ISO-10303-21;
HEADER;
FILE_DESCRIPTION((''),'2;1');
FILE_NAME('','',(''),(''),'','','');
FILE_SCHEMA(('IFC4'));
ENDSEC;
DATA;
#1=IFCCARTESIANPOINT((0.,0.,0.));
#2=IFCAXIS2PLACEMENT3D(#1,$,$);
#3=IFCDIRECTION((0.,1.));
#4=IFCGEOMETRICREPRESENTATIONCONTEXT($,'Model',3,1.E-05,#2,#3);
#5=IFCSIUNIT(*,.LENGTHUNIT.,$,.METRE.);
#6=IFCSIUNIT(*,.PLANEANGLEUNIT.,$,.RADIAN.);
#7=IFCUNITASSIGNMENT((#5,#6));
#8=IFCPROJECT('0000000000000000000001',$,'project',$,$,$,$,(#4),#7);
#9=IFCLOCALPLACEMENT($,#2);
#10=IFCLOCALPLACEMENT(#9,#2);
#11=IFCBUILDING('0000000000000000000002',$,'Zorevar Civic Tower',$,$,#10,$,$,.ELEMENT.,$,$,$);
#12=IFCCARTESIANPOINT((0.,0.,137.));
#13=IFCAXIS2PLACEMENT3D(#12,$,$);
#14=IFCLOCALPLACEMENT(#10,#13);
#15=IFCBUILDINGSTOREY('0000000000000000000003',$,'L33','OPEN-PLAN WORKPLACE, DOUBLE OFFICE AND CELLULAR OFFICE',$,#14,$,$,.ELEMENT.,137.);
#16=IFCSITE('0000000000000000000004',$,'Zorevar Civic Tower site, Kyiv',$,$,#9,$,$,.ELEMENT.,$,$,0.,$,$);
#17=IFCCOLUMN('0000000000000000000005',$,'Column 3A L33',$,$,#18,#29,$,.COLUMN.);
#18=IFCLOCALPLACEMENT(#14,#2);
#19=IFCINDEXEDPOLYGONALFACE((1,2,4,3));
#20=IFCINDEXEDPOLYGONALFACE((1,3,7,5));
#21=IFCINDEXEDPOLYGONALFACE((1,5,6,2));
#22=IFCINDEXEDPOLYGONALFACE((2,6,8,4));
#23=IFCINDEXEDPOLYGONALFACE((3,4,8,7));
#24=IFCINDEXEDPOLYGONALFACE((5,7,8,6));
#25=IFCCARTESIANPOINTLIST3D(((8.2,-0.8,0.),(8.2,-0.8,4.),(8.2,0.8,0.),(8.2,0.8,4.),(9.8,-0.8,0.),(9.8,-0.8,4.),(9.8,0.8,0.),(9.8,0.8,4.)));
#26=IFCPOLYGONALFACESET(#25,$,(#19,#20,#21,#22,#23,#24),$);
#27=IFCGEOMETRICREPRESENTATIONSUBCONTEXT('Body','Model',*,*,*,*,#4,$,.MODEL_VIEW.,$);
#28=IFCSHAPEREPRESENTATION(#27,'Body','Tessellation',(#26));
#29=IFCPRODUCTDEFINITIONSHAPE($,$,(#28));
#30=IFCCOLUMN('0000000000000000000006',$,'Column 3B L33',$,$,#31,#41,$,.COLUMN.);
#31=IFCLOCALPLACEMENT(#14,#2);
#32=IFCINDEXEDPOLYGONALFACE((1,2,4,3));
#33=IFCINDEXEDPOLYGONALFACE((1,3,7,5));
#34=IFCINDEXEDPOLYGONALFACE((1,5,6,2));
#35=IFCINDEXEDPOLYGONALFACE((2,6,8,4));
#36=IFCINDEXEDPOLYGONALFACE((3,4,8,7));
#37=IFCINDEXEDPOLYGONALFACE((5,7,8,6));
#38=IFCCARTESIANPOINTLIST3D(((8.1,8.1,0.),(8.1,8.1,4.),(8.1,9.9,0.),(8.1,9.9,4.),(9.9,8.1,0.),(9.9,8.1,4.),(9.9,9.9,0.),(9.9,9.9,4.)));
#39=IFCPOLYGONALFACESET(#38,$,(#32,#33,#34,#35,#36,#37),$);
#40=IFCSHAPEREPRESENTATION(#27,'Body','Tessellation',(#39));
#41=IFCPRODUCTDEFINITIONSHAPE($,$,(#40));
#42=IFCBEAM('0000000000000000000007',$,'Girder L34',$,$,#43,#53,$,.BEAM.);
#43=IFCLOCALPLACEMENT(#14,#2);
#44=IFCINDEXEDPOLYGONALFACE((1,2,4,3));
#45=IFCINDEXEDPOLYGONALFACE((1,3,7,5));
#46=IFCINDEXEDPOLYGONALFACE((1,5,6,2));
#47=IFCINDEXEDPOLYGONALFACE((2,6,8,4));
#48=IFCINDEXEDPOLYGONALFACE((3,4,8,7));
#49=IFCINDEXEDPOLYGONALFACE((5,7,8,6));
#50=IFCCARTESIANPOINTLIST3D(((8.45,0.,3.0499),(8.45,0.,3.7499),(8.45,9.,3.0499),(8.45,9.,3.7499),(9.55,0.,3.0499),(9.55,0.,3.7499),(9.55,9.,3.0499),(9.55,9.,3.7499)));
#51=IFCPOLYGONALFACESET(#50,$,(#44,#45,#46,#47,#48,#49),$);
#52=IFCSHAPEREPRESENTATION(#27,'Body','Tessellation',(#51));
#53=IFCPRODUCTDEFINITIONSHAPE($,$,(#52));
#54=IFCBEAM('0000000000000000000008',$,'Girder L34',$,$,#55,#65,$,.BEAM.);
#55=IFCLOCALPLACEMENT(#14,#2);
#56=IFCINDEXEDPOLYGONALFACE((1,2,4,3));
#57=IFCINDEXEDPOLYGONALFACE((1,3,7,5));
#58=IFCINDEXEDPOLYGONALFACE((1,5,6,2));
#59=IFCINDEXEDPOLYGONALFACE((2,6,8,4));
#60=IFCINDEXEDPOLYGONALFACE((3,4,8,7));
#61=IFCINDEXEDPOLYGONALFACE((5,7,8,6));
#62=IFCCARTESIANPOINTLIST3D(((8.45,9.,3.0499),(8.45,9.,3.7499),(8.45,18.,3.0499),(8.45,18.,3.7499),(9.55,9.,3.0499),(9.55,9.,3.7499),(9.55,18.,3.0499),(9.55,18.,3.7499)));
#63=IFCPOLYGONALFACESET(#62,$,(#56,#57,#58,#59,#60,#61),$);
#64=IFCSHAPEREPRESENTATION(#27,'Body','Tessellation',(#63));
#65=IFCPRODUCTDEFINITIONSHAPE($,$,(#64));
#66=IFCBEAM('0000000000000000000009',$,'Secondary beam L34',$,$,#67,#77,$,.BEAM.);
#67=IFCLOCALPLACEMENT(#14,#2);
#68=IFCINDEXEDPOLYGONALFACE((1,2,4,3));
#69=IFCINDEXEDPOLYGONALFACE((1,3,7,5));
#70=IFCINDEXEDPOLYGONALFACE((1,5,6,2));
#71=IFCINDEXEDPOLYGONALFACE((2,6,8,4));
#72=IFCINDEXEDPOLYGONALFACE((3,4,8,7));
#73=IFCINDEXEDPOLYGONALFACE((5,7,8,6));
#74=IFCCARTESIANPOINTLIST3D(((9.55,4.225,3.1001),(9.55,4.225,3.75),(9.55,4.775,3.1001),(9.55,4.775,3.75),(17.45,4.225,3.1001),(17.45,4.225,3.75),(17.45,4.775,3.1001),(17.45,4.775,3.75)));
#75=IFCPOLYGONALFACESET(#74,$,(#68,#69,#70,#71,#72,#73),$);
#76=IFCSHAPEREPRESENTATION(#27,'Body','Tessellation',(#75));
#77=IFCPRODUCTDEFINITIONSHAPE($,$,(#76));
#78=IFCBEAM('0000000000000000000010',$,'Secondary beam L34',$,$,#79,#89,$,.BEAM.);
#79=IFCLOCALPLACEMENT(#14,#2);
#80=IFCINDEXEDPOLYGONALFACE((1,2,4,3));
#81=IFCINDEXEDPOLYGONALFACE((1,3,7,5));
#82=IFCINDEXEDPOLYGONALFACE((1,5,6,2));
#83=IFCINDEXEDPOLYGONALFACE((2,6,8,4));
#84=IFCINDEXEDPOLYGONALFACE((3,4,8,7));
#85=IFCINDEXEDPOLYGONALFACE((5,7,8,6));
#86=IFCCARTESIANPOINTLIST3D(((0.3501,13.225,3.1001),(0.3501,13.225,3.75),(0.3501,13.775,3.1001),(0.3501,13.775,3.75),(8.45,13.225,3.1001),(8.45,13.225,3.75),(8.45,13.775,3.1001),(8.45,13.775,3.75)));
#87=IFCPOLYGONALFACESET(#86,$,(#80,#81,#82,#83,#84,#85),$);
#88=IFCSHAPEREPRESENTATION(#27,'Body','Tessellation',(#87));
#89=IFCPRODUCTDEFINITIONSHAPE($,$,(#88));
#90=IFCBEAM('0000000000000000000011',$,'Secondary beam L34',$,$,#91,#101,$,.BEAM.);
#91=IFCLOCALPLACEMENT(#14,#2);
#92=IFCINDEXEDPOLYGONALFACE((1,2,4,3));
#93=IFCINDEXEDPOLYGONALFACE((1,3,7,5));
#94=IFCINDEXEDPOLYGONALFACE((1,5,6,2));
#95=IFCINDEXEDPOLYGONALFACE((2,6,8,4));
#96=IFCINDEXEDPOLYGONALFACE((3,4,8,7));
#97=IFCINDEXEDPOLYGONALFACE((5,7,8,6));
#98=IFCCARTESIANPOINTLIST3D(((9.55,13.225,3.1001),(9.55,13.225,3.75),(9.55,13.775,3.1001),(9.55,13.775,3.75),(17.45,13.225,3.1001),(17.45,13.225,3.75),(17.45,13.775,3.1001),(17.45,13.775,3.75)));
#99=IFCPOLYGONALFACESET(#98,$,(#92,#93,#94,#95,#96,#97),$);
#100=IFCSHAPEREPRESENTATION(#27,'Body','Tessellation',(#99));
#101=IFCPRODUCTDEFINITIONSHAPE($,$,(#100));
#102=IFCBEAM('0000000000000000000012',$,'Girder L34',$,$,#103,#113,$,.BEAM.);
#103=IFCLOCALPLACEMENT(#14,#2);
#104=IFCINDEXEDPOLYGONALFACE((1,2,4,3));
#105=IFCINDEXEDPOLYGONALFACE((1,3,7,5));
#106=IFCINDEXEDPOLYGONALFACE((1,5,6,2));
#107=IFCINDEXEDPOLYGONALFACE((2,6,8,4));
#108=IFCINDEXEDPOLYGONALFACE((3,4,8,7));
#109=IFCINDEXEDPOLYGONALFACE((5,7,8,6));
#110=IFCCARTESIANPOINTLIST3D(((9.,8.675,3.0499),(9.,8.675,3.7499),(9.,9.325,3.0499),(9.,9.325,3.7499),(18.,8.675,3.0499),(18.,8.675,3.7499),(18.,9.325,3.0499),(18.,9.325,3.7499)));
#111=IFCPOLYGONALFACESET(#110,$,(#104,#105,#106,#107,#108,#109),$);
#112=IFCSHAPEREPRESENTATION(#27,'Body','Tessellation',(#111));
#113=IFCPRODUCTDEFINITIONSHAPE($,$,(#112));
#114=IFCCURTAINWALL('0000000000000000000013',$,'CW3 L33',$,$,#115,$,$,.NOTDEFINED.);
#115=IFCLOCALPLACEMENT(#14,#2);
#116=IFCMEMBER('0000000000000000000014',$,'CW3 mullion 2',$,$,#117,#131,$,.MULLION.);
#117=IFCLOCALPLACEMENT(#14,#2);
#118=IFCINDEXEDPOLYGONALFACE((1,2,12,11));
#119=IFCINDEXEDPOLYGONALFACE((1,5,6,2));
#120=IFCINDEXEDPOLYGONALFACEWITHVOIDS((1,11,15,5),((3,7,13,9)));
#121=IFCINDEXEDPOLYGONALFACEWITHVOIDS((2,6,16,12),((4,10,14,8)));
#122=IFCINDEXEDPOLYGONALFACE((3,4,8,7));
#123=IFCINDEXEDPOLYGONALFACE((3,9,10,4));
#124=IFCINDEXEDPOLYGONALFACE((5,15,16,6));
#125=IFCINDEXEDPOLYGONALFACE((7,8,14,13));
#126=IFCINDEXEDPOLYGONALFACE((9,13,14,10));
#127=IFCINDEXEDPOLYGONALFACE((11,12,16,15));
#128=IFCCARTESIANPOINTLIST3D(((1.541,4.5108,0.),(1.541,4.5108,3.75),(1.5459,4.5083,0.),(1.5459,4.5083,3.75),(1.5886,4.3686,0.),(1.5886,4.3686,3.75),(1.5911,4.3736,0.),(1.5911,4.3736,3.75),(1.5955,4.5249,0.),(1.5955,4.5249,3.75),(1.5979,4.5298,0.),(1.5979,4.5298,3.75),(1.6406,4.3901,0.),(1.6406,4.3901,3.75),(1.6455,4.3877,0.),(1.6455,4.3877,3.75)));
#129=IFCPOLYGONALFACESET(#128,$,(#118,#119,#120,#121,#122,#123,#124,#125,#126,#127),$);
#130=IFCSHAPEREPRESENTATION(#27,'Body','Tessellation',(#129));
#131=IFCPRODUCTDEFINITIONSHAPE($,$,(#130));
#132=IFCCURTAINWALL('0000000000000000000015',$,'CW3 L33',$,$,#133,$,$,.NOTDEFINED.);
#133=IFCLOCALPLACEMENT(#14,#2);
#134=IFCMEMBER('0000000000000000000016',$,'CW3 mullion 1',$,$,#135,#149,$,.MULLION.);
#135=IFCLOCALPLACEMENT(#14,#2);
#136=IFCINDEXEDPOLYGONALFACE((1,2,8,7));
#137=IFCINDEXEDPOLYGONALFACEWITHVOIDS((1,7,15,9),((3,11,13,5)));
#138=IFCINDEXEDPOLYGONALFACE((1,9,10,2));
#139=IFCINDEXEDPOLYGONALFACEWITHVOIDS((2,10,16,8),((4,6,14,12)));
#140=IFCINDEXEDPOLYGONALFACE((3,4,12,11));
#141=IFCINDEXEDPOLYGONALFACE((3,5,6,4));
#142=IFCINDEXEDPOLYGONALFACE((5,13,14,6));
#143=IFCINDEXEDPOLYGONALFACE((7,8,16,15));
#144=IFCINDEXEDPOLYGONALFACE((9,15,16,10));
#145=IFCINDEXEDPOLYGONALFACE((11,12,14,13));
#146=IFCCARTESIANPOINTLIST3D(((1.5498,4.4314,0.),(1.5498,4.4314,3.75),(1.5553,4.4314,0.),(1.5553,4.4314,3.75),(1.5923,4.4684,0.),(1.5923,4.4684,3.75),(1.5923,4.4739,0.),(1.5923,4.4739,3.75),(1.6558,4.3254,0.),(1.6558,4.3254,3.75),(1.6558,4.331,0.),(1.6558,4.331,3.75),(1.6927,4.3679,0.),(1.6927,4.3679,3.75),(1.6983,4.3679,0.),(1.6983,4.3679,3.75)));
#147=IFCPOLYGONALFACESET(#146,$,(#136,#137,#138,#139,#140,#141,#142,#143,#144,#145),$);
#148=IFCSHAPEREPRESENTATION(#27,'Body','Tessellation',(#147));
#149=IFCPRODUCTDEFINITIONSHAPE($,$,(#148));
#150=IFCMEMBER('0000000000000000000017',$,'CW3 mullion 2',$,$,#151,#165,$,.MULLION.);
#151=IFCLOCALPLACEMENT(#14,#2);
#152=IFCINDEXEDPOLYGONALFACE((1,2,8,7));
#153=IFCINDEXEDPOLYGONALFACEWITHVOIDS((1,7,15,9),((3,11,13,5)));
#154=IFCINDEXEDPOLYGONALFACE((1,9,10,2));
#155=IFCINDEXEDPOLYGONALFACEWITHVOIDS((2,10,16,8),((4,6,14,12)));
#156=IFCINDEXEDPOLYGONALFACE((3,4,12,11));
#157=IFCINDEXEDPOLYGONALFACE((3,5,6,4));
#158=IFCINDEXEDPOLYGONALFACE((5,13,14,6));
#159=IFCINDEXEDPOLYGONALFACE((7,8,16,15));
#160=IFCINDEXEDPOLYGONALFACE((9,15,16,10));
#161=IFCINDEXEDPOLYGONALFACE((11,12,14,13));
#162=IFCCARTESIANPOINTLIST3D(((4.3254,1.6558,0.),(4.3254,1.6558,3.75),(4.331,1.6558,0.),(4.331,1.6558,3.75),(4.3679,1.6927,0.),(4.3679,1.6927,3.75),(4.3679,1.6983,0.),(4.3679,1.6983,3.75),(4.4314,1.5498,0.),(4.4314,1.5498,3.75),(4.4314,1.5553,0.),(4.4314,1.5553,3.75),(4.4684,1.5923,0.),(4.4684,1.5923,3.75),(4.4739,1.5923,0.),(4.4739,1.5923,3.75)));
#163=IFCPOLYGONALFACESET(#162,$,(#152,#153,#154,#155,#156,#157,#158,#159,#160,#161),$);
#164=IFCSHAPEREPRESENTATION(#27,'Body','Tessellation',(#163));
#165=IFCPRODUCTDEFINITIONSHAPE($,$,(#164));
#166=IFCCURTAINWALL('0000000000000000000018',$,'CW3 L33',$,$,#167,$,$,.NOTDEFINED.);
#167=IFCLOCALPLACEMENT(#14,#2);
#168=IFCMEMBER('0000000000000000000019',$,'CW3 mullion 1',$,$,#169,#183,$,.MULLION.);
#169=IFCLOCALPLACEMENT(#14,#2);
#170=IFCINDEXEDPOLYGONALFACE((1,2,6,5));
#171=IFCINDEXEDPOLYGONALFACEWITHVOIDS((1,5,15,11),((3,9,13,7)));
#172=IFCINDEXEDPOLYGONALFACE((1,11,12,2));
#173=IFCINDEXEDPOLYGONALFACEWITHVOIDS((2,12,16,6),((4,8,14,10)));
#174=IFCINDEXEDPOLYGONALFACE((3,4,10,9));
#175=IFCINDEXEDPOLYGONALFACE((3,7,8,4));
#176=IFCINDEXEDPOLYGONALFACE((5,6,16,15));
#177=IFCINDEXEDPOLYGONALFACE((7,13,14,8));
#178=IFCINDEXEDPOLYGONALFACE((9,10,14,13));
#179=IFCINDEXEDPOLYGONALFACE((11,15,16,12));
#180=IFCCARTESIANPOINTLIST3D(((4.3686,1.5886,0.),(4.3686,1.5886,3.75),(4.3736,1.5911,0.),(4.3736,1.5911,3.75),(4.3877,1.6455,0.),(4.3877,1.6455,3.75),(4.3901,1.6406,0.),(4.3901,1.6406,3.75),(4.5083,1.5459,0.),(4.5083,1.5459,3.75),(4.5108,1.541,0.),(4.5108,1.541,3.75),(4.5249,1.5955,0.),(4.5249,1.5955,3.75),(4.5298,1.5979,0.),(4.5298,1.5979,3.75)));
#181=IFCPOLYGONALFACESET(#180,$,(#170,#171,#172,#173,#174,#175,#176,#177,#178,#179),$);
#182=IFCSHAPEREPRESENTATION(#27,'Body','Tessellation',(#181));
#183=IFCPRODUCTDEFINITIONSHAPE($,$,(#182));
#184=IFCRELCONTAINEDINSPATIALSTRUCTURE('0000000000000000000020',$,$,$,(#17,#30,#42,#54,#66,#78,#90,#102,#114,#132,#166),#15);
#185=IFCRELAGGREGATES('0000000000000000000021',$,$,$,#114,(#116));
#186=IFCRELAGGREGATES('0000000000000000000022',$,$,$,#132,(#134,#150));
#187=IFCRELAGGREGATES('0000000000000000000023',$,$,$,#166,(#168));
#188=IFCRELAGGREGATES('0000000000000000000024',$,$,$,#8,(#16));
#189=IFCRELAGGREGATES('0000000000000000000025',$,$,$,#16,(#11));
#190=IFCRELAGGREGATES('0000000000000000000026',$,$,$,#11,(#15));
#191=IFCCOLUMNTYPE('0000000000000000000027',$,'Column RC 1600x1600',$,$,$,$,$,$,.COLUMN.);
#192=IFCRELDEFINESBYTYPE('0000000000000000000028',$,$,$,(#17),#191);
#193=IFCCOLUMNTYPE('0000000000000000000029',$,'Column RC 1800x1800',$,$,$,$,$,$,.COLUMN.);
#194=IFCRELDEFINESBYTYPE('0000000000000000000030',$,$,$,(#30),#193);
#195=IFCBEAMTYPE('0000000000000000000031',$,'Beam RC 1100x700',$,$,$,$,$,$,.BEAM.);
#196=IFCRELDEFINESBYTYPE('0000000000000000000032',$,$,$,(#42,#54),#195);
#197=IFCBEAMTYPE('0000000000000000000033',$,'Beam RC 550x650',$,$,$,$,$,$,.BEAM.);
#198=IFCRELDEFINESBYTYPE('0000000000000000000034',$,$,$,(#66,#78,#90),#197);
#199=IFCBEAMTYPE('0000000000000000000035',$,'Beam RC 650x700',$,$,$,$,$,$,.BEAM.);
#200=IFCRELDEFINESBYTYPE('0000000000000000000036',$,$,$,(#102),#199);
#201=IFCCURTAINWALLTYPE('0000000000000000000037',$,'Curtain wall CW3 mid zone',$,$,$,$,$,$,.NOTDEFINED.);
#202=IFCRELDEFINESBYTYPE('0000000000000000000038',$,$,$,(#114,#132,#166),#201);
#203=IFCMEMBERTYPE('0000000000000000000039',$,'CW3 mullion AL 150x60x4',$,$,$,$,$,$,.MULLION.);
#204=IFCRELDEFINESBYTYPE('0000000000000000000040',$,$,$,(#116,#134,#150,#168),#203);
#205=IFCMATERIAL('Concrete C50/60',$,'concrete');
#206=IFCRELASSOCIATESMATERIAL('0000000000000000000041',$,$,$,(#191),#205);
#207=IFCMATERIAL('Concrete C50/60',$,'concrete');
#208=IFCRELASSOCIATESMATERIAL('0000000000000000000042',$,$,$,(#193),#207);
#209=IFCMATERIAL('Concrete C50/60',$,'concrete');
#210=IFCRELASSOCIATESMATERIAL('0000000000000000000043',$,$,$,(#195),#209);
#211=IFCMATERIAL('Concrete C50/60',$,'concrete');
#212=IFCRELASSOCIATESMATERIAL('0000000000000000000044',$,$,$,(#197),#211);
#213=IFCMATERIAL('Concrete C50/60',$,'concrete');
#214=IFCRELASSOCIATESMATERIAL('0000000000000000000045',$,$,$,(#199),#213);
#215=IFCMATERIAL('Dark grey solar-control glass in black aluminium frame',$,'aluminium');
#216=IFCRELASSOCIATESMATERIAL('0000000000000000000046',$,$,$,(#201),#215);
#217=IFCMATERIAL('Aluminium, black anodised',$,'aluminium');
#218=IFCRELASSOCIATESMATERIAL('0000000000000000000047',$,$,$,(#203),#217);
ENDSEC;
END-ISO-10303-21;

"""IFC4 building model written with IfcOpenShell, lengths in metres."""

from ifc_helpers import new_model, si_unit, direction, frame, origin, origin_2d, place, context, subcontext, project, spatial, rectangle, hollow_rectangle, extrude, material, material_profile, profile_set, type_object, element, aggregate, save


model = new_model("IFC4")

# Units and contexts
model_context = context("Model", 3, precision=1e-05, world=origin(), true_north=direction((0.0, 1.0)))
body_context = subcontext(model_context, "Body", "Model", "MODEL_VIEW")
ifc_project = project(units=[si_unit("LENGTHUNIT", "METRE"), si_unit("PLANEANGLEUNIT", "RADIAN")], contexts=[model_context])

# Site, building, storey
site_placement = place(None, origin())
site = spatial("IfcSite", under=ifc_project, at=site_placement, Name="Zorevar Civic Tower site, Kyiv", CompositionType="ELEMENT", RefElevation=0.0)
building_placement = place(site_placement, origin())
building = spatial("IfcBuilding", under=site, at=building_placement, Name="Zorevar Civic Tower", CompositionType="ELEMENT")
storey_placement = place(building_placement, frame((0.0, 0.0, 137.0)))
storey = spatial("IfcBuildingStorey", under=building, at=storey_placement, Name="L33", Description="OPEN-PLAN WORKPLACE, DOUBLE OFFICE AND CELLULAR OFFICE", CompositionType="ELEMENT", Elevation=137.0)

# Columns
ifc_material_1 = material(Name="Concrete C50/60", Category="concrete")
ifc_material_profile_1 = material_profile(ifc_material_1, rectangle(XDim=1.6001, YDim=1.6001, at=origin_2d()), Name="RC 1600x1600")
ifc_profile_set_1 = profile_set([ifc_material_profile_1], Name="Concrete C50/60")
column_type_1 = type_object("IfcColumnType", Name="Column RC 1600x1600", PredefinedType="COLUMN", material=ifc_profile_set_1)
column_1_placement = place(storey_placement, frame((9.0, 0.0, 0.0), z_axis=(0.0, 0.0, 1.0), x_axis=(1.0, 0.0, 0.0)))
element("IfcColumn", 1, at=column_1_placement, inside=storey, type_object=column_type_1, Name="Column 3A L33", PredefinedType="COLUMN", context=body_context, shape_type="SweptSolid", body=[
    extrude(rectangle(XDim=1.6001, YDim=1.6001, at=origin_2d()), origin(), (0.0, 0.0, 1.0), 4.0),
])
ifc_material_2 = material(Name="Concrete C50/60", Category="concrete")
ifc_material_profile_2 = material_profile(ifc_material_2, rectangle(XDim=1.8, YDim=1.8, at=origin_2d()), Name="RC 1800x1800")
ifc_profile_set_2 = profile_set([ifc_material_profile_2], Name="Concrete C50/60")
column_type_2 = type_object("IfcColumnType", Name="Column RC 1800x1800", PredefinedType="COLUMN", material=ifc_profile_set_2)
column_2_placement = place(storey_placement, frame((9.0, 9.0, 0.0), z_axis=(0.0, 0.0, 1.0), x_axis=(1.0, 0.0, 0.0)))
element("IfcColumn", 2, at=column_2_placement, inside=storey, type_object=column_type_2, Name="Column 3B L33", PredefinedType="COLUMN", context=body_context, shape_type="SweptSolid", body=[
    extrude(rectangle(XDim=1.8, YDim=1.8, at=origin_2d()), origin(), (0.0, 0.0, 1.0), 4.0),
])

# Beams
ifc_material_3 = material(Name="Concrete C50/60", Category="concrete")
ifc_material_profile_3 = material_profile(ifc_material_3, rectangle(XDim=1.1001, YDim=0.7, at=origin_2d()), Name="RC 1100x700")
ifc_profile_set_3 = profile_set([ifc_material_profile_3], Name="Concrete C50/60")
beam_type_1 = type_object("IfcBeamType", Name="Beam RC 1100x700", PredefinedType="BEAM", material=ifc_profile_set_3)
for number, where, z_axis, x_axis, name in (
    (3, (9.0, 0.0, 3.3999), (0.0, 1.0, 0.0), (-1.0, 0.0, 0.0), "Girder L34"),
    (4, (9.0, 9.0, 3.3999), (0.0, 1.0, 0.0), (-1.0, 0.0, 0.0), "Girder L34"),
):
    element("IfcBeam", number, at=place(storey_placement, frame(where, z_axis=z_axis, x_axis=x_axis)), inside=storey, type_object=beam_type_1, Name=name, PredefinedType="BEAM", context=body_context, shape_type="SweptSolid", body=[
        extrude(rectangle(XDim=1.1001, YDim=0.7, at=origin_2d()), origin(), (0.0, 0.0, 1.0), 9.0),
    ])
ifc_material_4 = material(Name="Concrete C50/60", Category="concrete")
ifc_material_profile_4 = material_profile(ifc_material_4, rectangle(XDim=0.55, YDim=0.6499, at=origin_2d()), Name="RC 550x650")
ifc_profile_set_4 = profile_set([ifc_material_profile_4], Name="Concrete C50/60")
beam_type_2 = type_object("IfcBeamType", Name="Beam RC 550x650", PredefinedType="BEAM", material=ifc_profile_set_4)
beam_1_placement = place(storey_placement, frame((9.55, 4.5, 3.425), z_axis=(1.0, 0.0, 0.0), x_axis=(0.0, 1.0, 0.0)))
element("IfcBeam", 5, at=beam_1_placement, inside=storey, type_object=beam_type_2, Name="Secondary beam L34", PredefinedType="BEAM", context=body_context, shape_type="SweptSolid", body=[
    extrude(rectangle(XDim=0.55, YDim=0.6499, at=origin_2d()), origin(), (0.0, 0.0, 1.0), 7.8999),
])
beam_2_placement = place(storey_placement, frame((0.3501, 13.5, 3.425), z_axis=(1.0, 0.0, 0.0), x_axis=(0.0, 1.0, 0.0)))
element("IfcBeam", 6, at=beam_2_placement, inside=storey, type_object=beam_type_2, Name="Secondary beam L34", PredefinedType="BEAM", context=body_context, shape_type="SweptSolid", body=[
    extrude(rectangle(XDim=0.55, YDim=0.6499, at=origin_2d()), origin(), (0.0, 0.0, 1.0), 8.0999),
])
beam_3_placement = place(storey_placement, frame((9.55, 13.5, 3.425), z_axis=(1.0, 0.0, 0.0), x_axis=(0.0, 1.0, 0.0)))
element("IfcBeam", 7, at=beam_3_placement, inside=storey, type_object=beam_type_2, Name="Secondary beam L34", PredefinedType="BEAM", context=body_context, shape_type="SweptSolid", body=[
    extrude(rectangle(XDim=0.55, YDim=0.6499, at=origin_2d()), origin(), (0.0, 0.0, 1.0), 7.8999),
])
ifc_material_5 = material(Name="Concrete C50/60", Category="concrete")
ifc_material_profile_5 = material_profile(ifc_material_5, rectangle(XDim=0.6499, YDim=0.7, at=origin_2d()), Name="RC 650x700")
ifc_profile_set_5 = profile_set([ifc_material_profile_5], Name="Concrete C50/60")
beam_type_3 = type_object("IfcBeamType", Name="Beam RC 650x700", PredefinedType="BEAM", material=ifc_profile_set_5)
beam_4_placement = place(storey_placement, frame((9.0, 9.0, 3.3999), z_axis=(1.0, 0.0, 0.0), x_axis=(0.0, 1.0, 0.0)))
element("IfcBeam", 8, at=beam_4_placement, inside=storey, type_object=beam_type_3, Name="Girder L34", PredefinedType="BEAM", context=body_context, shape_type="SweptSolid", body=[
    extrude(rectangle(XDim=0.6499, YDim=0.7, at=origin_2d()), origin(), (0.0, 0.0, 1.0), 9.0),
])

# Curtain wall, member
ifc_material_6 = material(Name="Dark grey solar-control glass in black aluminium frame", Category="aluminium")
curtain_wall_type = type_object("IfcCurtainWallType", Name="Curtain wall CW3 mid zone", PredefinedType="NOTDEFINED", material=ifc_material_6)
curtain_wall_1_placement = place(storey_placement, origin())
curtain_wall_1 = element("IfcCurtainWall", 9, at=curtain_wall_1_placement, inside=storey, type_object=curtain_wall_type, Name="CW3 L33", PredefinedType="NOTDEFINED")
ifc_material_7 = material(Name="Aluminium, black anodised", Category="aluminium")
ifc_material_profile_6 = material_profile(ifc_material_7, hollow_rectangle(XDim=0.0601, YDim=0.1499, WallThickness=0.0039, at=origin_2d()), Name="AL 150x60x4")
ifc_profile_set_6 = profile_set([ifc_material_profile_6], Name="Aluminium, black anodised")
member_type_1 = type_object("IfcMemberType", Name="CW3 mullion AL 150x60x4", PredefinedType="MULLION", material=ifc_profile_set_6)
member_1_placement = place(storey_placement, frame((1.5933, 4.4492, 0.0), z_axis=(0.0, 0.0, 1.0), x_axis=(0.948227, 0.317593, 0.0)))
member_1 = element("IfcMember", 10, at=member_1_placement, type_object=member_type_1, Name="CW3 mullion 2", PredefinedType="MULLION", context=body_context, shape_type="SweptSolid", body=[
    extrude(hollow_rectangle(XDim=0.0601, YDim=0.1499, WallThickness=0.0039, at=origin_2d()), origin(), (0.0, 0.0, 1.0), 3.75),
])

# Curtain walls, members
curtain_wall_2_placement = place(storey_placement, origin())
curtain_wall_2 = element("IfcCurtainWall", 11, at=curtain_wall_2_placement, inside=storey, type_object=curtain_wall_type, Name="CW3 L33", PredefinedType="NOTDEFINED")
member_2_placement = place(storey_placement, frame((1.624, 4.3997, 0.0), z_axis=(0.0, 0.0, 1.0), x_axis=(0.707107, 0.707107, 0.0)))
member_2 = element("IfcMember", 12, at=member_2_placement, type_object=member_type_1, Name="CW3 mullion 1", PredefinedType="MULLION", context=body_context, shape_type="SweptSolid", body=[
    extrude(hollow_rectangle(XDim=0.0601, YDim=0.1499, WallThickness=0.0039, at=origin_2d()), origin(), (0.0, 0.0, 1.0), 3.75),
])
member_3_placement = place(storey_placement, frame((4.3997, 1.624, 0.0), z_axis=(0.0, 0.0, 1.0), x_axis=(0.707107, 0.707107, 0.0)))
member_3 = element("IfcMember", 13, at=member_3_placement, type_object=member_type_1, Name="CW3 mullion 2", PredefinedType="MULLION", context=body_context, shape_type="SweptSolid", body=[
    extrude(hollow_rectangle(XDim=0.0601, YDim=0.1499, WallThickness=0.0039, at=origin_2d()), origin(), (0.0, 0.0, 1.0), 3.75),
])
curtain_wall_3_placement = place(storey_placement, origin())
curtain_wall_3 = element("IfcCurtainWall", 14, at=curtain_wall_3_placement, inside=storey, type_object=curtain_wall_type, Name="CW3 L33", PredefinedType="NOTDEFINED")
member_4_placement = place(storey_placement, frame((4.4492, 1.5933, 0.0), z_axis=(0.0, 0.0, 1.0), x_axis=(0.317593, 0.948227, 0.0)))
member_4 = element("IfcMember", 15, at=member_4_placement, type_object=member_type_1, Name="CW3 mullion 1", PredefinedType="MULLION", context=body_context, shape_type="SweptSolid", body=[
    extrude(hollow_rectangle(XDim=0.0601, YDim=0.1499, WallThickness=0.0039, at=origin_2d()), origin(), (0.0, 0.0, 1.0), 3.75),
])

aggregate(curtain_wall_1, [member_1])
aggregate(curtain_wall_2, [member_2, member_3])
aggregate(curtain_wall_3, [member_4])

save(model, "model.ifc")
